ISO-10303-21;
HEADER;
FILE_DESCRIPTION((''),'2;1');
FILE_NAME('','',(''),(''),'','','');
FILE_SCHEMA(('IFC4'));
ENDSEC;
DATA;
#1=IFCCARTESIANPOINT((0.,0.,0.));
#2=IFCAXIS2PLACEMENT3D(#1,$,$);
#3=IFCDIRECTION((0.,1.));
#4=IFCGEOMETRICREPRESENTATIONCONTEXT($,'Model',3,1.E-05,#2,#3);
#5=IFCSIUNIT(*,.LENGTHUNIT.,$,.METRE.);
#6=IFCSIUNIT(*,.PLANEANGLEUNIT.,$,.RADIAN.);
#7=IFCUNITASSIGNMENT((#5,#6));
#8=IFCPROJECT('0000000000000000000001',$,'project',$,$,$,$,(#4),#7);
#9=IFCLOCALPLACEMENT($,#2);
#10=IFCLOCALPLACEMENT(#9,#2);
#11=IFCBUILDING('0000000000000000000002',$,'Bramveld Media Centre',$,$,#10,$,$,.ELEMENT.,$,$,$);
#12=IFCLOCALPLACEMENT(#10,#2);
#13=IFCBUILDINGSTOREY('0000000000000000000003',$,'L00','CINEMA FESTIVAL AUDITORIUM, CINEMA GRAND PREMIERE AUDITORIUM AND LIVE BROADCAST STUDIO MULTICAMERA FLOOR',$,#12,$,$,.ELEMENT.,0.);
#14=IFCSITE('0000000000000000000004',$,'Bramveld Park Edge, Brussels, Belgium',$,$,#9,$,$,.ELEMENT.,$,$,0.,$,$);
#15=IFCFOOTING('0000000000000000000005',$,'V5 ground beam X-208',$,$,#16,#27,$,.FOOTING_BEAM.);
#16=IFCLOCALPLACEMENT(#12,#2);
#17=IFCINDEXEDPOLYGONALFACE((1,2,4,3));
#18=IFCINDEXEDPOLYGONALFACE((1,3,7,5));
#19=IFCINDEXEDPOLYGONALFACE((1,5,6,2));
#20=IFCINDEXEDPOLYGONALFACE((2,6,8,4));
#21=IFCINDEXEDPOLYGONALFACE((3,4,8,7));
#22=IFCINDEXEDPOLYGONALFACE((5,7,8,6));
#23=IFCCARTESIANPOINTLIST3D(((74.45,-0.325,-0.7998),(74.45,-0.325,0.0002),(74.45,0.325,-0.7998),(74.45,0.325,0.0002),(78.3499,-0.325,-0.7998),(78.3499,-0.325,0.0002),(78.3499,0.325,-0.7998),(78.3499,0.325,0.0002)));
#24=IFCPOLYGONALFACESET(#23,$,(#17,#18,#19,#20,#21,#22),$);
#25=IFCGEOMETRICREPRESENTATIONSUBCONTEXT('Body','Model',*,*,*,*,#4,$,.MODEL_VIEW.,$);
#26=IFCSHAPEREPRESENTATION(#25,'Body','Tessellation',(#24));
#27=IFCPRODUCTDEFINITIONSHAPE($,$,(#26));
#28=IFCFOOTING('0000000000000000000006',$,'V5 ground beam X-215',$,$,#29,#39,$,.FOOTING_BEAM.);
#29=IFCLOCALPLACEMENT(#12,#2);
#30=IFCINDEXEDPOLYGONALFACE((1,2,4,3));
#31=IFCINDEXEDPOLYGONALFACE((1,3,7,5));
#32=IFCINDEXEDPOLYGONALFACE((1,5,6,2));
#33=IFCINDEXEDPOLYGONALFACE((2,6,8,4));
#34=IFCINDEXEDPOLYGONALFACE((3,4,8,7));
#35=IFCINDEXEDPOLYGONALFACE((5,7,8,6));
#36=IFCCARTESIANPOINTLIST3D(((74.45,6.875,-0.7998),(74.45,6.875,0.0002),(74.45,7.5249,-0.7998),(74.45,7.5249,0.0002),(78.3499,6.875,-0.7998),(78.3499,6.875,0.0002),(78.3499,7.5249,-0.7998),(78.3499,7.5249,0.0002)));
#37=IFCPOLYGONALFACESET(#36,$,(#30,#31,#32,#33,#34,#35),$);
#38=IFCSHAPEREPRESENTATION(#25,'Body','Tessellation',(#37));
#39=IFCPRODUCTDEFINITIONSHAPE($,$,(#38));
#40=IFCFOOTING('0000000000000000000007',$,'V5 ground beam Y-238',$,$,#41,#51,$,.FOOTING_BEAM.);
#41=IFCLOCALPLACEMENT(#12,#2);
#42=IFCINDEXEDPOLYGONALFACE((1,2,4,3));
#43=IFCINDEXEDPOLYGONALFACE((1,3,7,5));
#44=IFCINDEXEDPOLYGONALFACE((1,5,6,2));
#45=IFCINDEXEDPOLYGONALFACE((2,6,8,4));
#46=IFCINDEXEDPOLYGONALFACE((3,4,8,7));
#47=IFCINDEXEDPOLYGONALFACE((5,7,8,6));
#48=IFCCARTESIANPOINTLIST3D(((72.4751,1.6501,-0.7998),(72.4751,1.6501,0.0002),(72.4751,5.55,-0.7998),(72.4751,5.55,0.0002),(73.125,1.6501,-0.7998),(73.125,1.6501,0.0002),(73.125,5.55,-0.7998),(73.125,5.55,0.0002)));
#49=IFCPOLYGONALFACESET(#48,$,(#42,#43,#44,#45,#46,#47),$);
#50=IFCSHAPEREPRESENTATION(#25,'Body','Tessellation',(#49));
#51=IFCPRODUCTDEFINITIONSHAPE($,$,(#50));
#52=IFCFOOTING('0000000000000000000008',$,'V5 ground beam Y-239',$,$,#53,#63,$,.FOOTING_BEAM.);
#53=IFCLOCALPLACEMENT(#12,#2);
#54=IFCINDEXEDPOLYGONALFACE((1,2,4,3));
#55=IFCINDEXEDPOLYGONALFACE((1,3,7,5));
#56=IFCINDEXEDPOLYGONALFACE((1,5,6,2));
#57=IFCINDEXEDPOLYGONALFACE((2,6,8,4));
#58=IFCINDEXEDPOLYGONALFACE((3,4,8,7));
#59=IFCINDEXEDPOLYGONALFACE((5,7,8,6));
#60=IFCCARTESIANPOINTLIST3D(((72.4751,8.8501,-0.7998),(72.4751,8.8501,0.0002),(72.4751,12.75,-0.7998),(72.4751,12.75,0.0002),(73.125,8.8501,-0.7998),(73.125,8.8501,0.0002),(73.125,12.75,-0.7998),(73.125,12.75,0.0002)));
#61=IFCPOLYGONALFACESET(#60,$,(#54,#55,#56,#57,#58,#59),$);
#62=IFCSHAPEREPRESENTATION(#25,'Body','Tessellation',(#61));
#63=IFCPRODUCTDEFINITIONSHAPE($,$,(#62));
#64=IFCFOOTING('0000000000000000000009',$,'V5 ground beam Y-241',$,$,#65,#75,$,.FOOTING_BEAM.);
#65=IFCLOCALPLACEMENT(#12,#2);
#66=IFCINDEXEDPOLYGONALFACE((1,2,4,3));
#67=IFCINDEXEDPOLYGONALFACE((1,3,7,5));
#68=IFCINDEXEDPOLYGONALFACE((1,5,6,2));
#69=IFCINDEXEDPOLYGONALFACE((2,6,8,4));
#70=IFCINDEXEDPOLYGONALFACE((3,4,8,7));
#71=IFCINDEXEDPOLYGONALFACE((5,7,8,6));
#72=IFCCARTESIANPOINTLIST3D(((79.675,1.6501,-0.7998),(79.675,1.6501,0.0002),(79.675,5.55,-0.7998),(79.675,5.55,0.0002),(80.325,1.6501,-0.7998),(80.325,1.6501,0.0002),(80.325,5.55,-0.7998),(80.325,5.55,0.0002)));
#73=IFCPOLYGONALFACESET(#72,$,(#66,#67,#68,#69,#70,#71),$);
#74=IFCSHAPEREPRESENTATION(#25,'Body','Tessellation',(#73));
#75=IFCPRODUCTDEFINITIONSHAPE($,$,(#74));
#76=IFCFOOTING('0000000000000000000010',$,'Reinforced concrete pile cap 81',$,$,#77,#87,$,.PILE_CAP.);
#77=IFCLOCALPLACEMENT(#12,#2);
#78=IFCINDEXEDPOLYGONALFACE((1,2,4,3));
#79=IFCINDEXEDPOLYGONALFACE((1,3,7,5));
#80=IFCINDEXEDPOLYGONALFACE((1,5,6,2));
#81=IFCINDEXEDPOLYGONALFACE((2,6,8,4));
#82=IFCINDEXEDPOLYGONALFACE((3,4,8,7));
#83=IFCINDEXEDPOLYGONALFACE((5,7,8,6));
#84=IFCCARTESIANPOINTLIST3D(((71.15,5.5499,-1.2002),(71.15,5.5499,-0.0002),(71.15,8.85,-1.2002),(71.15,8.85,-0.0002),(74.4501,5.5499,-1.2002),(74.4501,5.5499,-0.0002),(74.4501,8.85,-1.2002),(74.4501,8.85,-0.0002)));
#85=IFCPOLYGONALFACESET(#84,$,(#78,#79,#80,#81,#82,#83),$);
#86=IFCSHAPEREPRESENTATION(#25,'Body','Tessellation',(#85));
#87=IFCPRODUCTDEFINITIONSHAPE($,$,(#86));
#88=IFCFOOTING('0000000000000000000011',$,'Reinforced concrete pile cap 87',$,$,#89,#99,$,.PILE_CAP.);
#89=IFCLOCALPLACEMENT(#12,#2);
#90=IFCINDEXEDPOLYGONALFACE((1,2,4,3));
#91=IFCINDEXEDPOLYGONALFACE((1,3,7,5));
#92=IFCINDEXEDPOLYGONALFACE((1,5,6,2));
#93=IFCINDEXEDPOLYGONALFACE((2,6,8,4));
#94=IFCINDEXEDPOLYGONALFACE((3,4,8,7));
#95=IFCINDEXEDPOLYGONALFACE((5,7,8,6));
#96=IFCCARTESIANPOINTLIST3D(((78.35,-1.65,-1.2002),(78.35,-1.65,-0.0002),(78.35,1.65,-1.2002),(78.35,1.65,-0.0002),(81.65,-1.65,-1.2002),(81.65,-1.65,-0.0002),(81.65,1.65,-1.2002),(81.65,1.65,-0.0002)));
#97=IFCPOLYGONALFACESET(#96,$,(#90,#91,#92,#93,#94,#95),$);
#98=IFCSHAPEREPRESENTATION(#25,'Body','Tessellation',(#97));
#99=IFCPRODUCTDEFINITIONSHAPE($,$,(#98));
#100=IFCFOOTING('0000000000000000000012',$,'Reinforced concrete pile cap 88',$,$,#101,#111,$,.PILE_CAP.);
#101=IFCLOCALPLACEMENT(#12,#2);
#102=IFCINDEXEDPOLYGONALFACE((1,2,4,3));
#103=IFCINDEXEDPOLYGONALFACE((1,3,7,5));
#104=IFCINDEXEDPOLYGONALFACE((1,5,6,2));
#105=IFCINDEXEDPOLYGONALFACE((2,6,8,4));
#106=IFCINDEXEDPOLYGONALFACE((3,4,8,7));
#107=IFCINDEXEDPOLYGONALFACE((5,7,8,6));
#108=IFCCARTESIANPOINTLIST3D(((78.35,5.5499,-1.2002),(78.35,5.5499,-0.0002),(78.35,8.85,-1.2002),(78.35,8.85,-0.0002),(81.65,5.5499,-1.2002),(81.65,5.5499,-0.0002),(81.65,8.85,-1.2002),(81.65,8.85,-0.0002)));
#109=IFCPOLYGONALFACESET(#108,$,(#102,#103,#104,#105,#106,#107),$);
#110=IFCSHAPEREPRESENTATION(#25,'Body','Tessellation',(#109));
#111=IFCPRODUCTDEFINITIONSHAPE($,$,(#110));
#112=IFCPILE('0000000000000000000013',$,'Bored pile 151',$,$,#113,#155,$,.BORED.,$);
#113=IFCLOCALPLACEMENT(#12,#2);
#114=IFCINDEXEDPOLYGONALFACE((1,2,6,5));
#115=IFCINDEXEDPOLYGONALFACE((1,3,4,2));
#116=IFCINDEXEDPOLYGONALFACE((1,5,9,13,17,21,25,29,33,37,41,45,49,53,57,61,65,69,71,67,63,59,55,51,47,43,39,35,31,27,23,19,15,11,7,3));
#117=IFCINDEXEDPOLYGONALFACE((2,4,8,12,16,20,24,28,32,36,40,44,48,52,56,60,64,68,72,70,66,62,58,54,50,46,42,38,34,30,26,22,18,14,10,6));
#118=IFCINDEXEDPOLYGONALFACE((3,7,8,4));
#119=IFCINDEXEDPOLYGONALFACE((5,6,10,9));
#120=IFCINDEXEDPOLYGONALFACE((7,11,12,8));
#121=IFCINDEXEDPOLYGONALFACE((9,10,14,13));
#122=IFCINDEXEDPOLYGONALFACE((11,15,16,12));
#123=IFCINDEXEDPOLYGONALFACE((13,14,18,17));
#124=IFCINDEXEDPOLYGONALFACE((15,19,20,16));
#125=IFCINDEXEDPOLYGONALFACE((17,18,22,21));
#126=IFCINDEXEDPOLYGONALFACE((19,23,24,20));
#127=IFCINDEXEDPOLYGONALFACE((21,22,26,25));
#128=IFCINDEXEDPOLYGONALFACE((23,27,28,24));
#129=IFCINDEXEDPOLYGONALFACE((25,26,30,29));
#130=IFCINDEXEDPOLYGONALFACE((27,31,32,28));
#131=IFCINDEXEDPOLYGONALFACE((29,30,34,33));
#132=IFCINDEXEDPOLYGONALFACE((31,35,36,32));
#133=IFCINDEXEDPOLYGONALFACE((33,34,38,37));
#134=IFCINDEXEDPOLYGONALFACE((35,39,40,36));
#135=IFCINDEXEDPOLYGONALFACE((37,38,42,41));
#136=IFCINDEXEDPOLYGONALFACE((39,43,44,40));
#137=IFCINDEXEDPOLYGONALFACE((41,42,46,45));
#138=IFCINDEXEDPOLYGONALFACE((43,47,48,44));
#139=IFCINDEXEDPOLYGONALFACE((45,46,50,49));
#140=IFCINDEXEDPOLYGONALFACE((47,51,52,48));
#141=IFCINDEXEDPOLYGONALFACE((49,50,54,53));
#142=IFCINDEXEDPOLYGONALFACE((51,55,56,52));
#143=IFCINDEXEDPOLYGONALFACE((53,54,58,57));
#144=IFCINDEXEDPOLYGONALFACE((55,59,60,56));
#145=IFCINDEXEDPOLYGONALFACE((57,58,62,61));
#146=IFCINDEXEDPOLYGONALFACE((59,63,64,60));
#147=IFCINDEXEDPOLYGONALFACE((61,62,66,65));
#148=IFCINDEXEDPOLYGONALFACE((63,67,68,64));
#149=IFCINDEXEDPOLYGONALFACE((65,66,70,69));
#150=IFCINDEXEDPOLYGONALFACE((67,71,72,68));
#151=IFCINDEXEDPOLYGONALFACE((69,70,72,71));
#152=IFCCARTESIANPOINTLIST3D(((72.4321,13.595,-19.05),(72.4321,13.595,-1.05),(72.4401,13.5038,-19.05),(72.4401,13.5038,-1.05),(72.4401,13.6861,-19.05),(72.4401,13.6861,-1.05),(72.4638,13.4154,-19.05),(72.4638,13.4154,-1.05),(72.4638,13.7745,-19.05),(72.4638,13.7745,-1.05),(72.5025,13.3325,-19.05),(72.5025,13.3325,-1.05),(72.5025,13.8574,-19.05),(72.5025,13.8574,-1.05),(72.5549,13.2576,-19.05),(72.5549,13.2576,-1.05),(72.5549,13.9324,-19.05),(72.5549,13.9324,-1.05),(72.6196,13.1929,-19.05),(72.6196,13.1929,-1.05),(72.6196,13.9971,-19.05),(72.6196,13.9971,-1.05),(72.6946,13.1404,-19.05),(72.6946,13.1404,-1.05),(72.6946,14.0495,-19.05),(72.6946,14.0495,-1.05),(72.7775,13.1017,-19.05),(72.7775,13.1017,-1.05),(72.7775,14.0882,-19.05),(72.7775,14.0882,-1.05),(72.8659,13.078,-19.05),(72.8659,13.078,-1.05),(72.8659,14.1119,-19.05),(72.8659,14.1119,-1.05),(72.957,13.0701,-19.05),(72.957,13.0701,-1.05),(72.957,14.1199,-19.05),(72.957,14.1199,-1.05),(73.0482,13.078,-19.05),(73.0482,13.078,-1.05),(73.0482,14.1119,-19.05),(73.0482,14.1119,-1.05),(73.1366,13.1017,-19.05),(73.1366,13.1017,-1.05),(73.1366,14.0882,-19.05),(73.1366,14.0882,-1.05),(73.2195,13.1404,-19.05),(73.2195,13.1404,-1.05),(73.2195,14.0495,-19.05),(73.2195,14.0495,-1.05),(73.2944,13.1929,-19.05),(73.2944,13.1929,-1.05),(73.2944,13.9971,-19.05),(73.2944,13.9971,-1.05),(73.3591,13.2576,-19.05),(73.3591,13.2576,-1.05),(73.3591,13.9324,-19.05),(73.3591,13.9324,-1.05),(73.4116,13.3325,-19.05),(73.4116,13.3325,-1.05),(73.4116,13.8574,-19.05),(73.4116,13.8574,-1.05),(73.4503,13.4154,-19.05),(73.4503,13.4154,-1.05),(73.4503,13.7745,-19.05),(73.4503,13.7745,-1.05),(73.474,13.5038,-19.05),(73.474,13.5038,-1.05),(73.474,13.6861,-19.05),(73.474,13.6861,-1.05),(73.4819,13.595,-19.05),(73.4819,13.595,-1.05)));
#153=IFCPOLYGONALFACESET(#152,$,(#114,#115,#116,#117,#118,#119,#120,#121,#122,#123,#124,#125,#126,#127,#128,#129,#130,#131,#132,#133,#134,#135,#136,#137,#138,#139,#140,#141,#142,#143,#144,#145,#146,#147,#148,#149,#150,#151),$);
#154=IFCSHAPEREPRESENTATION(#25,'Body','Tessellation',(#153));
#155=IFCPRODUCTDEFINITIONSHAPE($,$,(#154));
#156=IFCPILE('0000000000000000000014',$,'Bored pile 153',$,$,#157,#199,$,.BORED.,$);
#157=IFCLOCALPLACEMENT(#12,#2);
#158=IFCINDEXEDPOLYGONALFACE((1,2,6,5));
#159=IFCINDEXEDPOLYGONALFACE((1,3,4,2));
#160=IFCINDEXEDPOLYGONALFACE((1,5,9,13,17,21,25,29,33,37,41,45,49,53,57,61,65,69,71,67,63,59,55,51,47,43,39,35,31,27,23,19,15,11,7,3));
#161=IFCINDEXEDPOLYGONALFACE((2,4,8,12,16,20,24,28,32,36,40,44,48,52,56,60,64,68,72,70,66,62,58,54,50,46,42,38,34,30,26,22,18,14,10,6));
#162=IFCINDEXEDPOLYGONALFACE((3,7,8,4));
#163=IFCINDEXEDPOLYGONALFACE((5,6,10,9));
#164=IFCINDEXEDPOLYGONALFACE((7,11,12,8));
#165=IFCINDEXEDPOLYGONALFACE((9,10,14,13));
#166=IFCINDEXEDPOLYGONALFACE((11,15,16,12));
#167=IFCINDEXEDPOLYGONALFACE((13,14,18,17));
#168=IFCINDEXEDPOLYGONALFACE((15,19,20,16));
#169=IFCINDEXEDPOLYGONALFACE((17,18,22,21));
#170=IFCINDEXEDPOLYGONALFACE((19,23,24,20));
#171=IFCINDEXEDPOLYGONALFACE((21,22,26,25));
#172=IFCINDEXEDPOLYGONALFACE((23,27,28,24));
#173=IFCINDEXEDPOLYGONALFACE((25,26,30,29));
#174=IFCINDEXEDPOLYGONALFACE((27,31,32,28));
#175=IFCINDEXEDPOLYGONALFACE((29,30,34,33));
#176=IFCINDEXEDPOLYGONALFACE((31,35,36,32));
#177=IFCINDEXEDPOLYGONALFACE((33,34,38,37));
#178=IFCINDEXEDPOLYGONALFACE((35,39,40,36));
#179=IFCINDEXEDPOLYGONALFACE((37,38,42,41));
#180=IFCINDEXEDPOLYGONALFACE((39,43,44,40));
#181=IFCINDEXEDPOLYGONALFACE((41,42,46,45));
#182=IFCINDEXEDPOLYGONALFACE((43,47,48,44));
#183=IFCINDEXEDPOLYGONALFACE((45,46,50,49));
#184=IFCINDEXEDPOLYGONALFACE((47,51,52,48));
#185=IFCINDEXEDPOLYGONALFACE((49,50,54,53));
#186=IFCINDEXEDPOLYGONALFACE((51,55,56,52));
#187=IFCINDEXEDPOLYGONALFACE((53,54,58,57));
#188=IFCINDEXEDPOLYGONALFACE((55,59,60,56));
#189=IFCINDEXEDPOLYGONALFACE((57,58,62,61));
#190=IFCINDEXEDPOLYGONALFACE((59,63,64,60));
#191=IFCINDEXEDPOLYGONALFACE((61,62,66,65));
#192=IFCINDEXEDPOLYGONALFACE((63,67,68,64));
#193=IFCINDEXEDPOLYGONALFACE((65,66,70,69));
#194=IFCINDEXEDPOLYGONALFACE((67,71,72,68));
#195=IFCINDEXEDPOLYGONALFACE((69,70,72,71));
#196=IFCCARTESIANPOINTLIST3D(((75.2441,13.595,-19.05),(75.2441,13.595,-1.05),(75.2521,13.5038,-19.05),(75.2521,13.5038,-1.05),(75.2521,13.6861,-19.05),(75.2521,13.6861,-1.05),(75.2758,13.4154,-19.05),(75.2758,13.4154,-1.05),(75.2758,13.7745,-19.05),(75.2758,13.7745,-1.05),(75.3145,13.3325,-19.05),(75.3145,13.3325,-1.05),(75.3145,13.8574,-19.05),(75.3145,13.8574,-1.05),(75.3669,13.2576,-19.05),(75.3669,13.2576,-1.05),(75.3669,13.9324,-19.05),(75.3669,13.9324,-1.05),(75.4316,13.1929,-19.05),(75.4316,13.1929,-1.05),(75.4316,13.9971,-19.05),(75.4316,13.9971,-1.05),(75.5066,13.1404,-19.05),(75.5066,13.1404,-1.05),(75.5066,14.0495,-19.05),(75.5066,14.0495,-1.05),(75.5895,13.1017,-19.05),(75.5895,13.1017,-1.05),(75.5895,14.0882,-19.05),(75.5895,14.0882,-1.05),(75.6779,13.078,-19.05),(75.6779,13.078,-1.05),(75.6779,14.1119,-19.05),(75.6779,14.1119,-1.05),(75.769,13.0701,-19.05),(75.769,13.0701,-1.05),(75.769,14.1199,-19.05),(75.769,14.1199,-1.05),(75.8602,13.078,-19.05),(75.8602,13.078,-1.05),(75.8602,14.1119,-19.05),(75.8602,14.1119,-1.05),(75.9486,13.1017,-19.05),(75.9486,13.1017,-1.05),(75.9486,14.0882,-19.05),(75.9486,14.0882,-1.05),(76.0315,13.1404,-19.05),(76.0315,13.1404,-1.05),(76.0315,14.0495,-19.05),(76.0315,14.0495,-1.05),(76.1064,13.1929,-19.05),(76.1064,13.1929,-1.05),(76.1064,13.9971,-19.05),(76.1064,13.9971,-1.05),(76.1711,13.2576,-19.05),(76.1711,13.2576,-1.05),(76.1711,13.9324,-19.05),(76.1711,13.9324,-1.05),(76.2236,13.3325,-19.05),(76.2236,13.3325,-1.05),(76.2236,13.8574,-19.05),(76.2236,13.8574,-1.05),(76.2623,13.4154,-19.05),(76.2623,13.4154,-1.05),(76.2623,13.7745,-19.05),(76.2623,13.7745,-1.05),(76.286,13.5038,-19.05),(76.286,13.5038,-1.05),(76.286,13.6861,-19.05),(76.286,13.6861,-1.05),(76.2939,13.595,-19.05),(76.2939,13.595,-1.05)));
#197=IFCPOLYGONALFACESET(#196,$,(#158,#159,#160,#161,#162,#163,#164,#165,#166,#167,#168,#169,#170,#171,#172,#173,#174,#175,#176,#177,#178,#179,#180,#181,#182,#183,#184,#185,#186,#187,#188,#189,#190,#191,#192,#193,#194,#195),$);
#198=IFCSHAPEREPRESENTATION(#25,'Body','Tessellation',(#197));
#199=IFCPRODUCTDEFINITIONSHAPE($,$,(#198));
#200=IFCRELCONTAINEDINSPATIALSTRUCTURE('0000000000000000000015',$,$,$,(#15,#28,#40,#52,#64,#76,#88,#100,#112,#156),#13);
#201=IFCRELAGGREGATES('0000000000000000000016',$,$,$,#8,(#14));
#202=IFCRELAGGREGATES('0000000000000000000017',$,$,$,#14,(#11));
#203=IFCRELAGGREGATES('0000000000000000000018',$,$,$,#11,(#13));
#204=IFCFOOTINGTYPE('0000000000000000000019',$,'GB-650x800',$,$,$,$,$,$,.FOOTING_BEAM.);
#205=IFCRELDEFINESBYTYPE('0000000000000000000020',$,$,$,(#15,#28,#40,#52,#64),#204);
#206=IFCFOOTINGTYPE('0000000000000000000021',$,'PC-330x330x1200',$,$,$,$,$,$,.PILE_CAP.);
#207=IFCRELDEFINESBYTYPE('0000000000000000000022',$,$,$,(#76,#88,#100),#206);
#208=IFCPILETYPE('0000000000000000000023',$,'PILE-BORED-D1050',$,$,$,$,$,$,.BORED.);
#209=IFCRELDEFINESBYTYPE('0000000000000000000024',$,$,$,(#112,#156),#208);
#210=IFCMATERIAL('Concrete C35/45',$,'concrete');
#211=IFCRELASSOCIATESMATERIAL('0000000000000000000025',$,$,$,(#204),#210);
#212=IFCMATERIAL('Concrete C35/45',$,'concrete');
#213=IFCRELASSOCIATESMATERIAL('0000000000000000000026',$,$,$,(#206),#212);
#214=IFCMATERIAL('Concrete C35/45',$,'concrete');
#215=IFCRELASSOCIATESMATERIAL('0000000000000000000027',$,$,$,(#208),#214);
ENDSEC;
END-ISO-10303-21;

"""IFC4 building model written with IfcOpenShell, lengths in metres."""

from ifc_helpers import new_model, si_unit, direction, frame, origin, origin_2d, place, context, subcontext, project, spatial, rectangle, circle, extrude, material, material_profile, profile_set, type_object, element, save


model = new_model("IFC4")

# Units and contexts
model_context = context("Model", 3, precision=1e-05, world=origin(), true_north=direction((0.0, 1.0)))
body_context = subcontext(model_context, "Body", "Model", "MODEL_VIEW")
ifc_project = project(units=[si_unit("LENGTHUNIT", "METRE"), si_unit("PLANEANGLEUNIT", "RADIAN")], contexts=[model_context])

# Site, building, storey
site_placement = place(None, origin())
site = spatial("IfcSite", under=ifc_project, at=site_placement, Name="Bramveld Park Edge, Brussels, Belgium", CompositionType="ELEMENT", RefElevation=0.0)
building_placement = place(site_placement, origin())
building = spatial("IfcBuilding", under=site, at=building_placement, Name="Bramveld Media Centre", CompositionType="ELEMENT")
storey_placement = place(building_placement, origin())
storey = spatial("IfcBuildingStorey", under=building, at=storey_placement, Name="L00", Description="CINEMA FESTIVAL AUDITORIUM, CINEMA GRAND PREMIERE AUDITORIUM AND LIVE BROADCAST STUDIO MULTICAMERA FLOOR", CompositionType="ELEMENT", Elevation=0.0)

# Footings
ifc_material_1 = material(Name="Concrete C35/45", Category="concrete")
footing_type_1 = type_object("IfcFootingType", Name="GB-650x800", PredefinedType="FOOTING_BEAM", material=ifc_material_1)
for number, where, z_axis, x_axis, name in (
    (1, (76.3999, 0.0, -0.7998), (0.0, 0.0, 1.0), (1.0, 0.0, 0.0), "V5 ground beam X-208"),
    (2, (76.3999, 7.2, -0.7998), (0.0, 0.0, 1.0), (1.0, 0.0, 0.0), "V5 ground beam X-215"),
):
    element("IfcFooting", number, at=place(storey_placement, frame(where, z_axis=z_axis, x_axis=x_axis)), inside=storey, type_object=footing_type_1, Name=name, PredefinedType="FOOTING_BEAM", context=body_context, shape_type="SweptSolid", body=[
        extrude(rectangle(XDim=3.8999, YDim=0.6499, at=origin_2d()), origin(), (0.0, 0.0, 1.0), 0.8),
    ])
for number, where, z_axis, x_axis, name in (
    (3, (72.8, 3.6001, -0.7998), (0.0, 0.0, 1.0), (1.0, 0.0, 0.0), "V5 ground beam Y-238"),
    (4, (72.8, 10.8, -0.7998), (0.0, 0.0, 1.0), (1.0, 0.0, 0.0), "V5 ground beam Y-239"),
    (5, (80.0, 3.6001, -0.7998), (0.0, 0.0, 1.0), (1.0, 0.0, 0.0), "V5 ground beam Y-241"),
):
    element("IfcFooting", number, at=place(storey_placement, frame(where, z_axis=z_axis, x_axis=x_axis)), inside=storey, type_object=footing_type_1, Name=name, PredefinedType="FOOTING_BEAM", context=body_context, shape_type="SweptSolid", body=[
        extrude(rectangle(XDim=0.6499, YDim=3.8999, at=origin_2d()), origin(), (0.0, 0.0, 1.0), 0.8),
    ])
ifc_material_2 = material(Name="Concrete C35/45", Category="concrete")
footing_type_2 = type_object("IfcFootingType", Name="PC-330x330x1200", PredefinedType="PILE_CAP", material=ifc_material_2)
for number, where, z_axis, x_axis, name in (
    (6, (72.8, 7.2, -1.2002), (0.0, 0.0, 1.0), (1.0, 0.0, 0.0), "Reinforced concrete pile cap 81"),
    (7, (80.0, 0.0, -1.2002), (0.0, 0.0, 1.0), (1.0, 0.0, 0.0), "Reinforced concrete pile cap 87"),
    (8, (80.0, 7.2, -1.2002), (0.0, 0.0, 1.0), (1.0, 0.0, 0.0), "Reinforced concrete pile cap 88"),
):
    element("IfcFooting", number, at=place(storey_placement, frame(where, z_axis=z_axis, x_axis=x_axis)), inside=storey, type_object=footing_type_2, Name=name, PredefinedType="PILE_CAP", context=body_context, shape_type="SweptSolid", body=[
        extrude(rectangle(XDim=3.3, YDim=3.3, at=origin_2d()), origin(), (0.0, 0.0, 1.0), 1.2),
    ])

# Piles
ifc_material_3 = material(Name="Concrete C35/45", Category="concrete")
ifc_material_profile_1 = material_profile(ifc_material_3, circle(Radius=0.5249, at=origin_2d()), Name="BORED D1050")
ifc_profile_set_1 = profile_set([ifc_material_profile_1], Name="Concrete C35/45")
pile_type_1 = type_object("IfcPileType", Name="PILE-BORED-D1050", PredefinedType="BORED", material=ifc_profile_set_1)
for number, where, z_axis, x_axis, name in (
    (9, (72.957, 13.595, -1.05), (0.0, 0.0, -1.0), (1.0, 0.0, 0.0), "Bored pile 151"),
    (10, (75.769, 13.595, -1.05), (0.0, 0.0, -1.0), (1.0, 0.0, 0.0), "Bored pile 153"),
):
    element("IfcPile", number, at=place(storey_placement, frame(where, z_axis=z_axis, x_axis=x_axis)), inside=storey, type_object=pile_type_1, Name=name, PredefinedType="BORED", context=body_context, shape_type="SweptSolid", body=[
        extrude(circle(Radius=0.5249, at=origin_2d()), origin(), (0.0, 0.0, 1.0), 18.0),
    ])

save(model, "model.ifc")
